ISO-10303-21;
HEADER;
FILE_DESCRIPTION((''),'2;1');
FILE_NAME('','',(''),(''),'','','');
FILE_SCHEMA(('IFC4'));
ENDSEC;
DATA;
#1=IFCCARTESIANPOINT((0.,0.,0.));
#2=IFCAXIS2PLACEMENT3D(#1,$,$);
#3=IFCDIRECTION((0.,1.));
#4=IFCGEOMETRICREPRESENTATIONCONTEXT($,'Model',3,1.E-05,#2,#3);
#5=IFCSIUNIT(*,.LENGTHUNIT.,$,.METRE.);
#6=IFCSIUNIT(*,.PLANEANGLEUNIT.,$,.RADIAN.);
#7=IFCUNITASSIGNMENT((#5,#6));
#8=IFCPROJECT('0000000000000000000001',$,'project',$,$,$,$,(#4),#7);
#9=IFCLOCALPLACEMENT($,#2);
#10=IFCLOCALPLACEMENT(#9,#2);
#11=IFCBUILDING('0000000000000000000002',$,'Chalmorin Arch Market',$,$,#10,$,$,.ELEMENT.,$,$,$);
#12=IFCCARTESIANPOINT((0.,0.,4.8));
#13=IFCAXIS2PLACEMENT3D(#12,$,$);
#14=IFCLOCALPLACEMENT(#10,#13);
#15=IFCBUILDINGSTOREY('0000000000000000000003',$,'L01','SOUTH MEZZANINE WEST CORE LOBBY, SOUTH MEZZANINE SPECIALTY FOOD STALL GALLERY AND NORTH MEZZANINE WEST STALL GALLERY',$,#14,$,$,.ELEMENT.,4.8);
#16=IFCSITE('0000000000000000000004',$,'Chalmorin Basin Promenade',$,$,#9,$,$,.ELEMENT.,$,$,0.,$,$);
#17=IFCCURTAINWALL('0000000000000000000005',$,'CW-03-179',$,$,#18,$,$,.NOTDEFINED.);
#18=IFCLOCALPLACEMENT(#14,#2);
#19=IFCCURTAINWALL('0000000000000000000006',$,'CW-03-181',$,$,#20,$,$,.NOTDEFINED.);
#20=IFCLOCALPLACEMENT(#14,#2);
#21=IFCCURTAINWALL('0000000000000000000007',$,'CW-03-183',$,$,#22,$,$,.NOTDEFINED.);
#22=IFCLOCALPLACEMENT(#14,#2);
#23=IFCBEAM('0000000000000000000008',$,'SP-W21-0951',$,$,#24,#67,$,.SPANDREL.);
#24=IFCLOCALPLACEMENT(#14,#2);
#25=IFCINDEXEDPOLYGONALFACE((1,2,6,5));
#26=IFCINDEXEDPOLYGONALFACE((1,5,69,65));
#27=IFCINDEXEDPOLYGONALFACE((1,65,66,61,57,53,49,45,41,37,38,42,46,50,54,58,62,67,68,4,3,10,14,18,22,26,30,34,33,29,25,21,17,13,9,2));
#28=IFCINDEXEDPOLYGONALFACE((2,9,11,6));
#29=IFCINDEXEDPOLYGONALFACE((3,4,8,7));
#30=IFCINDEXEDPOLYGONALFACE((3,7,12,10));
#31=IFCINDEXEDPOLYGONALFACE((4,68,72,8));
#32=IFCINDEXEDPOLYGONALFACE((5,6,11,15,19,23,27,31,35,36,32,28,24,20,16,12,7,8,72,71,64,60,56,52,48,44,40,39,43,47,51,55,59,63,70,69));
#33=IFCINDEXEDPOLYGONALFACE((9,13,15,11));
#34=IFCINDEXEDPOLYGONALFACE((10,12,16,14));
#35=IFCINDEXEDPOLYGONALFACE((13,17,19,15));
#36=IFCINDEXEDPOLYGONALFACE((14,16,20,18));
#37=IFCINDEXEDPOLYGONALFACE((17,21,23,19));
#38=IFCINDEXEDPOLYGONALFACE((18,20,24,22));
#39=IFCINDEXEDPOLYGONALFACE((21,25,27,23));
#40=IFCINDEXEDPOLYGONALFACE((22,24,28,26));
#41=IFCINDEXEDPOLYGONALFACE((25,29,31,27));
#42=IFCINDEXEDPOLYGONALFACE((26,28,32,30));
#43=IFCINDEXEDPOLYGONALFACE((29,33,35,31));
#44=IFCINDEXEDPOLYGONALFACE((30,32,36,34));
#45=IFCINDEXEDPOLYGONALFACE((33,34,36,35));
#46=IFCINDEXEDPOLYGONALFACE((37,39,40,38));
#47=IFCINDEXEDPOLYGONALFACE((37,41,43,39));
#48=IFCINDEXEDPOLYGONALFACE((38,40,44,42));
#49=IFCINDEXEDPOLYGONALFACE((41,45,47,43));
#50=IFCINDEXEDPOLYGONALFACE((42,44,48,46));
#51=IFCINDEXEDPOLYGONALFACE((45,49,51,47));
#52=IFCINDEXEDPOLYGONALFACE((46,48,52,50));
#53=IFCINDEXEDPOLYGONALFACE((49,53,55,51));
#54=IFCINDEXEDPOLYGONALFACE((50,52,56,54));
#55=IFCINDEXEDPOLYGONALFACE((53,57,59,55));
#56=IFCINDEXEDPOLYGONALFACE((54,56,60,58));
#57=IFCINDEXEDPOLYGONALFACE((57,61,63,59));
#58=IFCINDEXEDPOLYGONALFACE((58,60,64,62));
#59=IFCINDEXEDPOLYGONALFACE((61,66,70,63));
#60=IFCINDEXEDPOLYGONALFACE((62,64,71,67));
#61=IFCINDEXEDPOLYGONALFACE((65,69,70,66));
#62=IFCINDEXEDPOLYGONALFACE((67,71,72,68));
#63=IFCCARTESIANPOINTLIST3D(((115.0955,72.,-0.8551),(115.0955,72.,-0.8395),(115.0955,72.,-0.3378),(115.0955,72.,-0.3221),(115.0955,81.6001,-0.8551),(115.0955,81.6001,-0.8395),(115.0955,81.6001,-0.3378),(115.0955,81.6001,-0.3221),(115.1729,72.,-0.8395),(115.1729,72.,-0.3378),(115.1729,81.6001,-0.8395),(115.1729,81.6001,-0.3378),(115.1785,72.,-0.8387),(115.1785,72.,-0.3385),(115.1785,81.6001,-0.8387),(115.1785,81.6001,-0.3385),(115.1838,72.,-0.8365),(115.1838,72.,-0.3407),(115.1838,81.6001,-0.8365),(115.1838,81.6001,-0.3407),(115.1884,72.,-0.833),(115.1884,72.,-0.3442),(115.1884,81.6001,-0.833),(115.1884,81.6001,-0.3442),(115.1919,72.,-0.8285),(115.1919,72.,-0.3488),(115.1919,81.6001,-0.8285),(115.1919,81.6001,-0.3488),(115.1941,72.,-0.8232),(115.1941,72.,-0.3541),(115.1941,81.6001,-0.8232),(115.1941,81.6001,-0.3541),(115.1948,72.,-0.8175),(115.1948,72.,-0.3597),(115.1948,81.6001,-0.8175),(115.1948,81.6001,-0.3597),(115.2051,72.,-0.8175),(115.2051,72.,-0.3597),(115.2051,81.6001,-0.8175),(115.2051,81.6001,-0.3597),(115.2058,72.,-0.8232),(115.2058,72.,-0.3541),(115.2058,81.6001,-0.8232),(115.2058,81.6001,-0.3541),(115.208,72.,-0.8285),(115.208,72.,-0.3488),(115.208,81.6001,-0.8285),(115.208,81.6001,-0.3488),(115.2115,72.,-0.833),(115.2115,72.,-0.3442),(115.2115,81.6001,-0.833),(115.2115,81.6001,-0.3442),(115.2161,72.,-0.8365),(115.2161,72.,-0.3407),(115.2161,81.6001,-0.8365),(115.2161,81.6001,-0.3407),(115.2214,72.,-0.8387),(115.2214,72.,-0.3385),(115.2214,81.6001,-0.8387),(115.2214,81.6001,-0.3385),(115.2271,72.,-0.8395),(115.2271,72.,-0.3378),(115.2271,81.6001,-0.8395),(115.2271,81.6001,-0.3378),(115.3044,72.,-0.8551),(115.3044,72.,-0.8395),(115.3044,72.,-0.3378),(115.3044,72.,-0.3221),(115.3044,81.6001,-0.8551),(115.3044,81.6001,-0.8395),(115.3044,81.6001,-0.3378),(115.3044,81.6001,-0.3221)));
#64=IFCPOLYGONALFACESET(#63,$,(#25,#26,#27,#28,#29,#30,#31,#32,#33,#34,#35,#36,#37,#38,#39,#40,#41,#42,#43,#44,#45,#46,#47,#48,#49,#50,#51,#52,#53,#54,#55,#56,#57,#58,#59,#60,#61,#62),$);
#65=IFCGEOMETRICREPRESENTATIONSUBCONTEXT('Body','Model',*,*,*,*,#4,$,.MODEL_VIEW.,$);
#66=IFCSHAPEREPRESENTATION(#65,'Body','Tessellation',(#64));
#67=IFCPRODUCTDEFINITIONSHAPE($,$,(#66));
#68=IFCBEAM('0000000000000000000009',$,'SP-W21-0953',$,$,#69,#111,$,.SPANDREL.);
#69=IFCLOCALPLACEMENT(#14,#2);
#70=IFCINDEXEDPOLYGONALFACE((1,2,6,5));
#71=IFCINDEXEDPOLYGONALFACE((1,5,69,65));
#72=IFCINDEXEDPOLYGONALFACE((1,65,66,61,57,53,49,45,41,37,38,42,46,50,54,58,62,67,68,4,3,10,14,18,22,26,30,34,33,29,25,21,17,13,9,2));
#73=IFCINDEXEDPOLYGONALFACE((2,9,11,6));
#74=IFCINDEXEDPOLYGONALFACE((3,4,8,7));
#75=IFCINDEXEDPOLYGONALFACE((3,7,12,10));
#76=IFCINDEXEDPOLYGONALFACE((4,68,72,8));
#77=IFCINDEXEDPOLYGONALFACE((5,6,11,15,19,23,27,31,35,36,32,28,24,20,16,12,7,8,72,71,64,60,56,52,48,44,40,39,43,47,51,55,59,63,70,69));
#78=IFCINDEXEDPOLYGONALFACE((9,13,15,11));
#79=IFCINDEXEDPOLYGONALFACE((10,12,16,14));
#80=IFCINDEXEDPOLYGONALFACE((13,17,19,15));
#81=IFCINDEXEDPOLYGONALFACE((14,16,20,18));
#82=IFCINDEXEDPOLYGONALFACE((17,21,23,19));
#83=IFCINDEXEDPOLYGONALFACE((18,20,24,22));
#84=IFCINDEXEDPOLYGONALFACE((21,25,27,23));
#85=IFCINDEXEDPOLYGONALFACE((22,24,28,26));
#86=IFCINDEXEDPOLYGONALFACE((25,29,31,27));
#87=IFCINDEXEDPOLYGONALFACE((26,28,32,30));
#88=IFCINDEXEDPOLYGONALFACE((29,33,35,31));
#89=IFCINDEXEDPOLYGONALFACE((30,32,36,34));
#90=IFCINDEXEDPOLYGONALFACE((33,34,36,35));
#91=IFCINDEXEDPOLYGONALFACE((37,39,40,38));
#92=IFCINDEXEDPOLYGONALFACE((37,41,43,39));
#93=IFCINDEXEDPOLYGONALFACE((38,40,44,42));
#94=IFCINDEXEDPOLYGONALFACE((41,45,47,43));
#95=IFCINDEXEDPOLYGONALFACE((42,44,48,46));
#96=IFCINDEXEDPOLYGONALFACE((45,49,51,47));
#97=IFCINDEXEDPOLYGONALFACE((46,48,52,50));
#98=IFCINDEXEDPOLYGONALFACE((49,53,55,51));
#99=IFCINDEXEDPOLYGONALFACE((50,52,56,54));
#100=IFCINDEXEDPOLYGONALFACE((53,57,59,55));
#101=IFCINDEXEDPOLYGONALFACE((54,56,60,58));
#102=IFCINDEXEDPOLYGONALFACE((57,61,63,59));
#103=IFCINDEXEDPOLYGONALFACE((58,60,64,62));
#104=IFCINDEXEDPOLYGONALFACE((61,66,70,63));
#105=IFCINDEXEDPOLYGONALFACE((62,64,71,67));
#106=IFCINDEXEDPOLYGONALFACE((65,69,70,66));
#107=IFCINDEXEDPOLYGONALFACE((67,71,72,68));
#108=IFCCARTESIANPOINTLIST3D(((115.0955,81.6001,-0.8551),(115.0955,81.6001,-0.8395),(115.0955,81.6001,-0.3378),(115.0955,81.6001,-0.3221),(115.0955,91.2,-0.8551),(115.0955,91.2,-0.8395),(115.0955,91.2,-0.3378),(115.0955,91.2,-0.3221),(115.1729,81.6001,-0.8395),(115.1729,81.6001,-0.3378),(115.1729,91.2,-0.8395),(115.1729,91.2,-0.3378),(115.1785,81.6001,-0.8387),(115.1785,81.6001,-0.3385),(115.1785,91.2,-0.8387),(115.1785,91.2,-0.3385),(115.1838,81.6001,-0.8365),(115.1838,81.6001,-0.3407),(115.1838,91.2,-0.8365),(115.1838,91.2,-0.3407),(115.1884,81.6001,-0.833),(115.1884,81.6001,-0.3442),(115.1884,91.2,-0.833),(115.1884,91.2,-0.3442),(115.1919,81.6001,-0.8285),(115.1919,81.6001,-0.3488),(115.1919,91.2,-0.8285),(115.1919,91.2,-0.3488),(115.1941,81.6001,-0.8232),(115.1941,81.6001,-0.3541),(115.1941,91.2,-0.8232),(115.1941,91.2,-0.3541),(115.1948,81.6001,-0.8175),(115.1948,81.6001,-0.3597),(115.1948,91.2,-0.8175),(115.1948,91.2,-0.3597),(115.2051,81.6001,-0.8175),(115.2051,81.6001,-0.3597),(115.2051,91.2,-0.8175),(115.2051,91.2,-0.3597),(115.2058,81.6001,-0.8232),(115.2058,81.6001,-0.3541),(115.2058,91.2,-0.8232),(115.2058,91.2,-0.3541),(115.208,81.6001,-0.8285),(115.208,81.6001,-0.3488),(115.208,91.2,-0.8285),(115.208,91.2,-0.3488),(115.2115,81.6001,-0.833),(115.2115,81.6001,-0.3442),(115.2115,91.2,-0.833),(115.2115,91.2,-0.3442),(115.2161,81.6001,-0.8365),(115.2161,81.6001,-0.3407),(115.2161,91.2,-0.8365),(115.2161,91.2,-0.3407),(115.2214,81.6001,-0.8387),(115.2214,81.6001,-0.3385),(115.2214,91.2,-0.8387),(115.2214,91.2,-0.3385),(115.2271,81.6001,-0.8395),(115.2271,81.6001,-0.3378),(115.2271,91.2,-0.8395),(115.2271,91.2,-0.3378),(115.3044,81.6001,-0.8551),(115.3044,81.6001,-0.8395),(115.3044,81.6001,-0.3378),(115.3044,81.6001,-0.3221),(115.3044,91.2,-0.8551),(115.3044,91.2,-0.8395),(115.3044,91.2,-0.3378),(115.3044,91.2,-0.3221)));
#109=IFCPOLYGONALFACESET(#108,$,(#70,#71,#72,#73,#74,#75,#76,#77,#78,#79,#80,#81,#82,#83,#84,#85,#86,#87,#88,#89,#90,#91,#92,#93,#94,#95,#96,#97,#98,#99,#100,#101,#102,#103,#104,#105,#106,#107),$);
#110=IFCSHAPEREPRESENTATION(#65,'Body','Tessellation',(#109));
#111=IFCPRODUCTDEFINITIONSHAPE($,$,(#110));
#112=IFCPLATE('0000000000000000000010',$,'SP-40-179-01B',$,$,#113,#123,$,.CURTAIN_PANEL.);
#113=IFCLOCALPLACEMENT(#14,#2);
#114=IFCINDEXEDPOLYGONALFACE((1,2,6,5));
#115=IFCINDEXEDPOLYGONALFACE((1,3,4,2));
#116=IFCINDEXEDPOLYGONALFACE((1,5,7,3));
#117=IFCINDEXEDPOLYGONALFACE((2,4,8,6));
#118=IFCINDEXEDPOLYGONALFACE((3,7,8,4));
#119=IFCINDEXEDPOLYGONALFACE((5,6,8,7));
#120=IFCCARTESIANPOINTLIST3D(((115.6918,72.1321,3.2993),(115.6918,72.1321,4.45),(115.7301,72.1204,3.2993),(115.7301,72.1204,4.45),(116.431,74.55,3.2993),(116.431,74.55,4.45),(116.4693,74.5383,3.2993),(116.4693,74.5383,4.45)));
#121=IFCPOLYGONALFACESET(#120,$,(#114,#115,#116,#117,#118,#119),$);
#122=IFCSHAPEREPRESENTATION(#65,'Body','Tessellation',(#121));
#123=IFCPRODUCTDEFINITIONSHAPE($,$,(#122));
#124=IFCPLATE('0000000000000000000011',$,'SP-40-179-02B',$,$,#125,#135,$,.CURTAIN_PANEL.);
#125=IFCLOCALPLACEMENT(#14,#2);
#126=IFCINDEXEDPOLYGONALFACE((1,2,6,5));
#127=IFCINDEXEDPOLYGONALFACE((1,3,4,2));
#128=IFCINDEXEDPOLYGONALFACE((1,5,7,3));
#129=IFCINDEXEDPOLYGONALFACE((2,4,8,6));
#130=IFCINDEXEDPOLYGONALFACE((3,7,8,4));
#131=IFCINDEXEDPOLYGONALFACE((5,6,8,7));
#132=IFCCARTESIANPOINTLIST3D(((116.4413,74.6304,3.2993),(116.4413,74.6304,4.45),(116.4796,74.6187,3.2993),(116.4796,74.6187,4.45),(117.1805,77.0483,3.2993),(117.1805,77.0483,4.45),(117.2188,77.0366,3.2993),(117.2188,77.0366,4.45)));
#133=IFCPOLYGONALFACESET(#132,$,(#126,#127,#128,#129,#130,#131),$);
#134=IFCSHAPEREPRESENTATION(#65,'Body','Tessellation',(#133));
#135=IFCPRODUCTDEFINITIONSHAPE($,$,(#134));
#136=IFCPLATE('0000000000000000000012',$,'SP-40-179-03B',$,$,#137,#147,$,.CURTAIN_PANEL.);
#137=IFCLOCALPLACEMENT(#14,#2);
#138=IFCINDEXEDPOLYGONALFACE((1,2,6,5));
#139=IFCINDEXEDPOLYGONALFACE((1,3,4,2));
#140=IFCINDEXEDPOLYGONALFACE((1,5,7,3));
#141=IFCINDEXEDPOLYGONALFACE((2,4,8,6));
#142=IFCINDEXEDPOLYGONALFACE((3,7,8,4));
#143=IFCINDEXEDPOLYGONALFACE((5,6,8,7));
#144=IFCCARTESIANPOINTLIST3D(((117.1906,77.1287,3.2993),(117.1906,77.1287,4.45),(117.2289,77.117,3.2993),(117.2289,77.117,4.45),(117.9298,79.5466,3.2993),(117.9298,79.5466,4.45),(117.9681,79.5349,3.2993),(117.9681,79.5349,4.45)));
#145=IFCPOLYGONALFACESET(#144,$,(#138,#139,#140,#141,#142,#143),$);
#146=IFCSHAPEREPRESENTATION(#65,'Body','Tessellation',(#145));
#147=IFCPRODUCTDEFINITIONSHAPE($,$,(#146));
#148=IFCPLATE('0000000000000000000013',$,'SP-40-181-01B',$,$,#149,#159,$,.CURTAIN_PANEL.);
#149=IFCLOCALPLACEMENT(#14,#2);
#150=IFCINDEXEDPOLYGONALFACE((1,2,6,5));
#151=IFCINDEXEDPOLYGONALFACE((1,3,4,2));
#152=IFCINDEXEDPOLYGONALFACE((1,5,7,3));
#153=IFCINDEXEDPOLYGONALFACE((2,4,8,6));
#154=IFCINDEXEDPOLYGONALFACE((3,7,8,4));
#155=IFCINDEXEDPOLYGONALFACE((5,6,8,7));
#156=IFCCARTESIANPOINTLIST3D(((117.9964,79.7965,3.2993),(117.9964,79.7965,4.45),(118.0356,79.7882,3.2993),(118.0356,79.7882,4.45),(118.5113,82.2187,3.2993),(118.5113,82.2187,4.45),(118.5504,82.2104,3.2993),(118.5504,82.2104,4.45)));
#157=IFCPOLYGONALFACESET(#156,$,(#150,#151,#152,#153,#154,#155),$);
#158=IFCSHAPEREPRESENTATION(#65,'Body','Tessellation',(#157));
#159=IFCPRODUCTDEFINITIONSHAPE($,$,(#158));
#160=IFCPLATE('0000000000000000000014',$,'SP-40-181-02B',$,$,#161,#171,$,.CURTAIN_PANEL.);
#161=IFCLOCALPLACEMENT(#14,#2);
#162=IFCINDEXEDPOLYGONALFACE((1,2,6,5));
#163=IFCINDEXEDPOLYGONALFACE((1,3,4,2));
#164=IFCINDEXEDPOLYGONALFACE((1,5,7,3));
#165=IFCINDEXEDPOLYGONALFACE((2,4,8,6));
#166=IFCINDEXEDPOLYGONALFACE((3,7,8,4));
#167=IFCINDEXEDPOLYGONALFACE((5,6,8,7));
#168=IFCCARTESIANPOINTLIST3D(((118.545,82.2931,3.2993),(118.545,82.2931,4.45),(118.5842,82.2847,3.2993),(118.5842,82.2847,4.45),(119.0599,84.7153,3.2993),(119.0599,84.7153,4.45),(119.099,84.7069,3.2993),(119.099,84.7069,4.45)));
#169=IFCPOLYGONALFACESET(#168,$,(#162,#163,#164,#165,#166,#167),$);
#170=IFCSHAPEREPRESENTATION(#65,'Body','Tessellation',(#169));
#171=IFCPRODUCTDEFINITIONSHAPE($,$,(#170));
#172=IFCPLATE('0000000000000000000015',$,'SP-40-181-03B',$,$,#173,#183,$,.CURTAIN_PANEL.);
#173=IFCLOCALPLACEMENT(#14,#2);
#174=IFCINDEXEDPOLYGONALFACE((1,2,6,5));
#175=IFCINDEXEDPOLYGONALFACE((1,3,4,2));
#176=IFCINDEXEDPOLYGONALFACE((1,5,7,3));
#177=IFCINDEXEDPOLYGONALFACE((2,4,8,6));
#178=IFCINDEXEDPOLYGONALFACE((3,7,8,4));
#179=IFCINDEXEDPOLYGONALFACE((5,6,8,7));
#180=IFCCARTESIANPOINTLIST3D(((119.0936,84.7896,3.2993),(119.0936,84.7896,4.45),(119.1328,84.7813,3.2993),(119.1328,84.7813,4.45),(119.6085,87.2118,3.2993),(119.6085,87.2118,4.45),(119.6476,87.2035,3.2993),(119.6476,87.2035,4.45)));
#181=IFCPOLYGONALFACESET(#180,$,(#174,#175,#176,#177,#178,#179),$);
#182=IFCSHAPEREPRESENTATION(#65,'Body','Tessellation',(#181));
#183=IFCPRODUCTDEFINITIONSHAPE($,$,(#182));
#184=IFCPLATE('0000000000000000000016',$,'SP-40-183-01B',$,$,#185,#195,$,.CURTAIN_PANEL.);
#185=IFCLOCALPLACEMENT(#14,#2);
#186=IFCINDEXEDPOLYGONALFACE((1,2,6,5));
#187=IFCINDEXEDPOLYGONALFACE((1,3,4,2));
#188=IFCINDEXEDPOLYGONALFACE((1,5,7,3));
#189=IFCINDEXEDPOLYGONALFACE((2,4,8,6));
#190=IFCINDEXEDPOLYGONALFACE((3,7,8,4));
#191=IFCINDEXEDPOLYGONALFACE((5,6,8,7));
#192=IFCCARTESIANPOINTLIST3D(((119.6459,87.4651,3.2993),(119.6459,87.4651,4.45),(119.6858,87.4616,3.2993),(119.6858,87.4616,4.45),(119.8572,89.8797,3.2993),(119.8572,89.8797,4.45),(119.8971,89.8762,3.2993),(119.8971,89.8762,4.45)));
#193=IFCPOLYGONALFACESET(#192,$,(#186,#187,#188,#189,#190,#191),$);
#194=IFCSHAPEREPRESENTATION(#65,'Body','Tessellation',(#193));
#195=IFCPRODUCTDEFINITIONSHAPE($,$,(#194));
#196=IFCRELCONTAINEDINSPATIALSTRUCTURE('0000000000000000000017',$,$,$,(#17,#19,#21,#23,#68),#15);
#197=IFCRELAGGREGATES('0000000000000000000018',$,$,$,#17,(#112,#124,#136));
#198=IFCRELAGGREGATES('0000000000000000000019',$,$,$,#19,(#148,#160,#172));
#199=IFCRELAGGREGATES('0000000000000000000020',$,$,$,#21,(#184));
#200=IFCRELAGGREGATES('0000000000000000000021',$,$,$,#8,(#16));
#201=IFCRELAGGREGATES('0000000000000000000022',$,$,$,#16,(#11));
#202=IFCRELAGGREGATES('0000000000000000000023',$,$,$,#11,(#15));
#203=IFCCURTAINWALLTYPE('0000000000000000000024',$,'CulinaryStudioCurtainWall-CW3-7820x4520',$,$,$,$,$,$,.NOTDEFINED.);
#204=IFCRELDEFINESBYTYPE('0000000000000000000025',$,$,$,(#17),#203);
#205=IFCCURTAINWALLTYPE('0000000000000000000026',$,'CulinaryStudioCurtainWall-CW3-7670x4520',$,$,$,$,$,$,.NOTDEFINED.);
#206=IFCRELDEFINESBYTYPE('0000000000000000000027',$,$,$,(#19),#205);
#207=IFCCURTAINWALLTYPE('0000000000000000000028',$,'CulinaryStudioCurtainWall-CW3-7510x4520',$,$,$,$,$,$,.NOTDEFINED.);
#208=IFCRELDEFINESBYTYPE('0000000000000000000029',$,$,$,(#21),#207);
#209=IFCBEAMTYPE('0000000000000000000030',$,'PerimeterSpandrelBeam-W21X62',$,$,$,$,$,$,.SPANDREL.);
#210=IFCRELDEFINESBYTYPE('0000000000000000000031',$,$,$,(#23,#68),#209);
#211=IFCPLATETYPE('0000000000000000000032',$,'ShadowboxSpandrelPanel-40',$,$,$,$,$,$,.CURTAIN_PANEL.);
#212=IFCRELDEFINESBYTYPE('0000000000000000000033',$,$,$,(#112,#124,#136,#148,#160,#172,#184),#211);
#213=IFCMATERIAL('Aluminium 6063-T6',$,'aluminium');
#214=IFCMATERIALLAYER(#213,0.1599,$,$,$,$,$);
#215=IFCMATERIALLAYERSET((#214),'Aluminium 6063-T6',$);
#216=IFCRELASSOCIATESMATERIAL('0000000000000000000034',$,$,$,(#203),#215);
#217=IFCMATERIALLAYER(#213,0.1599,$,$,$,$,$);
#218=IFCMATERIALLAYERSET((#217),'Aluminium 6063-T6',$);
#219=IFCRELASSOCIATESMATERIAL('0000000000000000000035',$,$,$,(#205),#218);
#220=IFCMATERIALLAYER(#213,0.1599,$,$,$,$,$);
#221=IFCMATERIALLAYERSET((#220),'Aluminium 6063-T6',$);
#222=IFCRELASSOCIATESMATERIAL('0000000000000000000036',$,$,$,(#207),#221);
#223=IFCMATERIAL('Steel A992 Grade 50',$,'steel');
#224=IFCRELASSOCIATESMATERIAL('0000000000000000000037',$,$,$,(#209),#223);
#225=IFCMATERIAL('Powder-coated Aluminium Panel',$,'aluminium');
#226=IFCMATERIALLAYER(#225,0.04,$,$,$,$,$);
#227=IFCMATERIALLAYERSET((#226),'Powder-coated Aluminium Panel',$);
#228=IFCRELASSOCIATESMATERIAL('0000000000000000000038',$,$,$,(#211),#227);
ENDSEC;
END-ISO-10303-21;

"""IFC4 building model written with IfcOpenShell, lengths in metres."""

from ifc_helpers import new_model, si_unit, direction, frame, origin, origin_2d, place, context, subcontext, project, spatial, rectangle, i_section, extrude, material, layer, layer_set, material_profile, profile_set, type_object, element, aggregate, save


model = new_model("IFC4")

# Units and contexts
model_context = context("Model", 3, precision=1e-05, world=origin(), true_north=direction((0.0, 1.0)))
body_context = subcontext(model_context, "Body", "Model", "MODEL_VIEW")
ifc_project = project(units=[si_unit("LENGTHUNIT", "METRE"), si_unit("PLANEANGLEUNIT", "RADIAN")], contexts=[model_context])

# Site, building, storey
site_placement = place(None, origin())
site = spatial("IfcSite", under=ifc_project, at=site_placement, Name="Chalmorin Basin Promenade", CompositionType="ELEMENT", RefElevation=0.0)
building_placement = place(site_placement, origin())
building = spatial("IfcBuilding", under=site, at=building_placement, Name="Chalmorin Arch Market", CompositionType="ELEMENT")
storey_placement = place(building_placement, frame((0.0, 0.0, 4.8)))
storey = spatial("IfcBuildingStorey", under=building, at=storey_placement, Name="L01", Description="SOUTH MEZZANINE WEST CORE LOBBY, SOUTH MEZZANINE SPECIALTY FOOD STALL GALLERY AND NORTH MEZZANINE WEST STALL GALLERY", CompositionType="ELEMENT", Elevation=4.8)

# Shared definitions
ifc_material_1 = material(Name="Aluminium 6063-T6", Category="aluminium")

# Curtain walls
ifc_layer_1 = layer(ifc_material_1, 0.1599)
ifc_layer_set_1 = layer_set([ifc_layer_1], Name="Aluminium 6063-T6")
curtain_wall_type_1 = type_object("IfcCurtainWallType", Name="CulinaryStudioCurtainWall-CW3-7820x4520", PredefinedType="NOTDEFINED", material=ifc_layer_set_1)
curtain_wall_1_placement = place(storey_placement, origin())
curtain_wall_1 = element("IfcCurtainWall", 1, at=curtain_wall_1_placement, inside=storey, type_object=curtain_wall_type_1, Name="CW-03-179", PredefinedType="NOTDEFINED")
ifc_layer_2 = layer(ifc_material_1, 0.1599)
ifc_layer_set_2 = layer_set([ifc_layer_2], Name="Aluminium 6063-T6")
curtain_wall_type_2 = type_object("IfcCurtainWallType", Name="CulinaryStudioCurtainWall-CW3-7670x4520", PredefinedType="NOTDEFINED", material=ifc_layer_set_2)
curtain_wall_2_placement = place(storey_placement, origin())
curtain_wall_2 = element("IfcCurtainWall", 2, at=curtain_wall_2_placement, inside=storey, type_object=curtain_wall_type_2, Name="CW-03-181", PredefinedType="NOTDEFINED")

# Curtain wall
ifc_layer_3 = layer(ifc_material_1, 0.1599)
ifc_layer_set_3 = layer_set([ifc_layer_3], Name="Aluminium 6063-T6")
curtain_wall_type_3 = type_object("IfcCurtainWallType", Name="CulinaryStudioCurtainWall-CW3-7510x4520", PredefinedType="NOTDEFINED", material=ifc_layer_set_3)
curtain_wall_3_placement = place(storey_placement, origin())
curtain_wall_3 = element("IfcCurtainWall", 3, at=curtain_wall_3_placement, inside=storey, type_object=curtain_wall_type_3, Name="CW-03-183", PredefinedType="NOTDEFINED")

# Beams
ifc_material_2 = material(Name="Steel A992 Grade 50", Category="steel")
ifc_material_profile_1 = material_profile(ifc_material_2, i_section(OverallWidth=0.209, OverallDepth=0.533, WebThickness=0.0103, FlangeThickness=0.0156, FilletRadius=0.022, at=origin_2d()), Name="W21X62")
ifc_profile_set_1 = profile_set([ifc_material_profile_1], Name="Steel A992 Grade 50")
beam_type = type_object("IfcBeamType", Name="PerimeterSpandrelBeam-W21X62", PredefinedType="SPANDREL", material=ifc_profile_set_1)
beam_1_placement = place(storey_placement, frame((115.2, 72.0, -0.5886), z_axis=(0.0, 1.0, 0.0), x_axis=(-1.0, 0.0, 0.0)))
element("IfcBeam", 4, at=beam_1_placement, inside=storey, type_object=beam_type, Name="SP-W21-0951", PredefinedType="SPANDREL", context=body_context, shape_type="SweptSolid", body=[
    extrude(i_section(OverallWidth=0.209, OverallDepth=0.533, WebThickness=0.0103, FlangeThickness=0.0156, FilletRadius=0.022, at=origin_2d()), origin(), (0.0, 0.0, 1.0), 9.6001),
])
beam_2_placement = place(storey_placement, frame((115.2, 81.6001, -0.5886), z_axis=(0.0, 1.0, 0.0), x_axis=(-1.0, 0.0, 0.0)))
element("IfcBeam", 5, at=beam_2_placement, inside=storey, type_object=beam_type, Name="SP-W21-0953", PredefinedType="SPANDREL", context=body_context, shape_type="SweptSolid", body=[
    extrude(i_section(OverallWidth=0.209, OverallDepth=0.533, WebThickness=0.0103, FlangeThickness=0.0156, FilletRadius=0.022, at=origin_2d()), origin(), (0.0, 0.0, 1.0), 9.5999),
])

# Plates
ifc_material_3 = material(Name="Powder-coated Aluminium Panel", Category="aluminium")
ifc_layer_4 = layer(ifc_material_3, 0.04)
ifc_layer_set_4 = layer_set([ifc_layer_4], Name="Powder-coated Aluminium Panel")
plate_type_1 = type_object("IfcPlateType", Name="ShadowboxSpandrelPanel-40", PredefinedType="CURTAIN_PANEL", material=ifc_layer_set_4)
plate_1_placement = place(storey_placement, frame((116.0806, 73.3352, 3.2993), z_axis=(0.0, 0.0, 1.0), x_axis=(0.292372, 0.956305, 0.0)))
plate_1 = element("IfcPlate", 6, at=plate_1_placement, type_object=plate_type_1, Name="SP-40-179-01B", PredefinedType="CURTAIN_PANEL", context=body_context, shape_type="SweptSolid", body=[
    extrude(rectangle(XDim=2.5283, YDim=0.04, at=origin_2d()), origin(), (0.0, 0.0, 1.0), 1.1506),
])
plate_2_placement = place(storey_placement, frame((116.8301, 75.8335, 3.2993), z_axis=(0.0, 0.0, 1.0), x_axis=(0.292372, 0.956305, 0.0)))
plate_2 = element("IfcPlate", 7, at=plate_2_placement, type_object=plate_type_1, Name="SP-40-179-02B", PredefinedType="CURTAIN_PANEL", context=body_context, shape_type="SweptSolid", body=[
    extrude(rectangle(XDim=2.5283, YDim=0.04, at=origin_2d()), origin(), (0.0, 0.0, 1.0), 1.1506),
])
plate_3_placement = place(storey_placement, frame((117.5793, 78.3318, 3.2993), z_axis=(0.0, 0.0, 1.0), x_axis=(0.292372, 0.956305, 0.0)))
plate_3 = element("IfcPlate", 8, at=plate_3_placement, type_object=plate_type_1, Name="SP-40-179-03B", PredefinedType="CURTAIN_PANEL", context=body_context, shape_type="SweptSolid", body=[
    extrude(rectangle(XDim=2.5283, YDim=0.04, at=origin_2d()), origin(), (0.0, 0.0, 1.0), 1.1506),
])
plate_4_placement = place(storey_placement, frame((118.2734, 81.0034, 3.2993), z_axis=(0.0, 0.0, 1.0), x_axis=(0.207912, 0.978148, 0.0)))
plate_4 = element("IfcPlate", 9, at=plate_4_placement, type_object=plate_type_1, Name="SP-40-181-01B", PredefinedType="CURTAIN_PANEL", context=body_context, shape_type="SweptSolid", body=[
    extrude(rectangle(XDim=2.4763, YDim=0.04, at=origin_2d()), origin(), (0.0, 0.0, 1.0), 1.1506),
])
plate_5_placement = place(storey_placement, frame((118.822, 83.5, 3.2993), z_axis=(0.0, 0.0, 1.0), x_axis=(0.207912, 0.978148, 0.0)))
plate_5 = element("IfcPlate", 10, at=plate_5_placement, type_object=plate_type_1, Name="SP-40-181-02B", PredefinedType="CURTAIN_PANEL", context=body_context, shape_type="SweptSolid", body=[
    extrude(rectangle(XDim=2.4763, YDim=0.04, at=origin_2d()), origin(), (0.0, 0.0, 1.0), 1.1506),
])
plate_6_placement = place(storey_placement, frame((119.3706, 85.9966, 3.2993), z_axis=(0.0, 0.0, 1.0), x_axis=(0.207912, 0.978148, 0.0)))
plate_6 = element("IfcPlate", 11, at=plate_6_placement, type_object=plate_type_1, Name="SP-40-181-03B", PredefinedType="CURTAIN_PANEL", context=body_context, shape_type="SweptSolid", body=[
    extrude(rectangle(XDim=2.4763, YDim=0.04, at=origin_2d()), origin(), (0.0, 0.0, 1.0), 1.1506),
])
plate_7_placement = place(storey_placement, frame((119.7715, 88.6707, 3.2993), z_axis=(0.0, 0.0, 1.0), x_axis=(0.087156, 0.996195, 0.0)))
plate_7 = element("IfcPlate", 12, at=plate_7_placement, type_object=plate_type_1, Name="SP-40-183-01B", PredefinedType="CURTAIN_PANEL", context=body_context, shape_type="SweptSolid", body=[
    extrude(rectangle(XDim=2.4238, YDim=0.04, at=origin_2d()), origin(), (0.0, 0.0, 1.0), 1.1506),
])
aggregate(curtain_wall_1, [plate_1, plate_2, plate_3])
aggregate(curtain_wall_2, [plate_4, plate_5, plate_6])
aggregate(curtain_wall_3, [plate_7])

save(model, "model.ifc")
